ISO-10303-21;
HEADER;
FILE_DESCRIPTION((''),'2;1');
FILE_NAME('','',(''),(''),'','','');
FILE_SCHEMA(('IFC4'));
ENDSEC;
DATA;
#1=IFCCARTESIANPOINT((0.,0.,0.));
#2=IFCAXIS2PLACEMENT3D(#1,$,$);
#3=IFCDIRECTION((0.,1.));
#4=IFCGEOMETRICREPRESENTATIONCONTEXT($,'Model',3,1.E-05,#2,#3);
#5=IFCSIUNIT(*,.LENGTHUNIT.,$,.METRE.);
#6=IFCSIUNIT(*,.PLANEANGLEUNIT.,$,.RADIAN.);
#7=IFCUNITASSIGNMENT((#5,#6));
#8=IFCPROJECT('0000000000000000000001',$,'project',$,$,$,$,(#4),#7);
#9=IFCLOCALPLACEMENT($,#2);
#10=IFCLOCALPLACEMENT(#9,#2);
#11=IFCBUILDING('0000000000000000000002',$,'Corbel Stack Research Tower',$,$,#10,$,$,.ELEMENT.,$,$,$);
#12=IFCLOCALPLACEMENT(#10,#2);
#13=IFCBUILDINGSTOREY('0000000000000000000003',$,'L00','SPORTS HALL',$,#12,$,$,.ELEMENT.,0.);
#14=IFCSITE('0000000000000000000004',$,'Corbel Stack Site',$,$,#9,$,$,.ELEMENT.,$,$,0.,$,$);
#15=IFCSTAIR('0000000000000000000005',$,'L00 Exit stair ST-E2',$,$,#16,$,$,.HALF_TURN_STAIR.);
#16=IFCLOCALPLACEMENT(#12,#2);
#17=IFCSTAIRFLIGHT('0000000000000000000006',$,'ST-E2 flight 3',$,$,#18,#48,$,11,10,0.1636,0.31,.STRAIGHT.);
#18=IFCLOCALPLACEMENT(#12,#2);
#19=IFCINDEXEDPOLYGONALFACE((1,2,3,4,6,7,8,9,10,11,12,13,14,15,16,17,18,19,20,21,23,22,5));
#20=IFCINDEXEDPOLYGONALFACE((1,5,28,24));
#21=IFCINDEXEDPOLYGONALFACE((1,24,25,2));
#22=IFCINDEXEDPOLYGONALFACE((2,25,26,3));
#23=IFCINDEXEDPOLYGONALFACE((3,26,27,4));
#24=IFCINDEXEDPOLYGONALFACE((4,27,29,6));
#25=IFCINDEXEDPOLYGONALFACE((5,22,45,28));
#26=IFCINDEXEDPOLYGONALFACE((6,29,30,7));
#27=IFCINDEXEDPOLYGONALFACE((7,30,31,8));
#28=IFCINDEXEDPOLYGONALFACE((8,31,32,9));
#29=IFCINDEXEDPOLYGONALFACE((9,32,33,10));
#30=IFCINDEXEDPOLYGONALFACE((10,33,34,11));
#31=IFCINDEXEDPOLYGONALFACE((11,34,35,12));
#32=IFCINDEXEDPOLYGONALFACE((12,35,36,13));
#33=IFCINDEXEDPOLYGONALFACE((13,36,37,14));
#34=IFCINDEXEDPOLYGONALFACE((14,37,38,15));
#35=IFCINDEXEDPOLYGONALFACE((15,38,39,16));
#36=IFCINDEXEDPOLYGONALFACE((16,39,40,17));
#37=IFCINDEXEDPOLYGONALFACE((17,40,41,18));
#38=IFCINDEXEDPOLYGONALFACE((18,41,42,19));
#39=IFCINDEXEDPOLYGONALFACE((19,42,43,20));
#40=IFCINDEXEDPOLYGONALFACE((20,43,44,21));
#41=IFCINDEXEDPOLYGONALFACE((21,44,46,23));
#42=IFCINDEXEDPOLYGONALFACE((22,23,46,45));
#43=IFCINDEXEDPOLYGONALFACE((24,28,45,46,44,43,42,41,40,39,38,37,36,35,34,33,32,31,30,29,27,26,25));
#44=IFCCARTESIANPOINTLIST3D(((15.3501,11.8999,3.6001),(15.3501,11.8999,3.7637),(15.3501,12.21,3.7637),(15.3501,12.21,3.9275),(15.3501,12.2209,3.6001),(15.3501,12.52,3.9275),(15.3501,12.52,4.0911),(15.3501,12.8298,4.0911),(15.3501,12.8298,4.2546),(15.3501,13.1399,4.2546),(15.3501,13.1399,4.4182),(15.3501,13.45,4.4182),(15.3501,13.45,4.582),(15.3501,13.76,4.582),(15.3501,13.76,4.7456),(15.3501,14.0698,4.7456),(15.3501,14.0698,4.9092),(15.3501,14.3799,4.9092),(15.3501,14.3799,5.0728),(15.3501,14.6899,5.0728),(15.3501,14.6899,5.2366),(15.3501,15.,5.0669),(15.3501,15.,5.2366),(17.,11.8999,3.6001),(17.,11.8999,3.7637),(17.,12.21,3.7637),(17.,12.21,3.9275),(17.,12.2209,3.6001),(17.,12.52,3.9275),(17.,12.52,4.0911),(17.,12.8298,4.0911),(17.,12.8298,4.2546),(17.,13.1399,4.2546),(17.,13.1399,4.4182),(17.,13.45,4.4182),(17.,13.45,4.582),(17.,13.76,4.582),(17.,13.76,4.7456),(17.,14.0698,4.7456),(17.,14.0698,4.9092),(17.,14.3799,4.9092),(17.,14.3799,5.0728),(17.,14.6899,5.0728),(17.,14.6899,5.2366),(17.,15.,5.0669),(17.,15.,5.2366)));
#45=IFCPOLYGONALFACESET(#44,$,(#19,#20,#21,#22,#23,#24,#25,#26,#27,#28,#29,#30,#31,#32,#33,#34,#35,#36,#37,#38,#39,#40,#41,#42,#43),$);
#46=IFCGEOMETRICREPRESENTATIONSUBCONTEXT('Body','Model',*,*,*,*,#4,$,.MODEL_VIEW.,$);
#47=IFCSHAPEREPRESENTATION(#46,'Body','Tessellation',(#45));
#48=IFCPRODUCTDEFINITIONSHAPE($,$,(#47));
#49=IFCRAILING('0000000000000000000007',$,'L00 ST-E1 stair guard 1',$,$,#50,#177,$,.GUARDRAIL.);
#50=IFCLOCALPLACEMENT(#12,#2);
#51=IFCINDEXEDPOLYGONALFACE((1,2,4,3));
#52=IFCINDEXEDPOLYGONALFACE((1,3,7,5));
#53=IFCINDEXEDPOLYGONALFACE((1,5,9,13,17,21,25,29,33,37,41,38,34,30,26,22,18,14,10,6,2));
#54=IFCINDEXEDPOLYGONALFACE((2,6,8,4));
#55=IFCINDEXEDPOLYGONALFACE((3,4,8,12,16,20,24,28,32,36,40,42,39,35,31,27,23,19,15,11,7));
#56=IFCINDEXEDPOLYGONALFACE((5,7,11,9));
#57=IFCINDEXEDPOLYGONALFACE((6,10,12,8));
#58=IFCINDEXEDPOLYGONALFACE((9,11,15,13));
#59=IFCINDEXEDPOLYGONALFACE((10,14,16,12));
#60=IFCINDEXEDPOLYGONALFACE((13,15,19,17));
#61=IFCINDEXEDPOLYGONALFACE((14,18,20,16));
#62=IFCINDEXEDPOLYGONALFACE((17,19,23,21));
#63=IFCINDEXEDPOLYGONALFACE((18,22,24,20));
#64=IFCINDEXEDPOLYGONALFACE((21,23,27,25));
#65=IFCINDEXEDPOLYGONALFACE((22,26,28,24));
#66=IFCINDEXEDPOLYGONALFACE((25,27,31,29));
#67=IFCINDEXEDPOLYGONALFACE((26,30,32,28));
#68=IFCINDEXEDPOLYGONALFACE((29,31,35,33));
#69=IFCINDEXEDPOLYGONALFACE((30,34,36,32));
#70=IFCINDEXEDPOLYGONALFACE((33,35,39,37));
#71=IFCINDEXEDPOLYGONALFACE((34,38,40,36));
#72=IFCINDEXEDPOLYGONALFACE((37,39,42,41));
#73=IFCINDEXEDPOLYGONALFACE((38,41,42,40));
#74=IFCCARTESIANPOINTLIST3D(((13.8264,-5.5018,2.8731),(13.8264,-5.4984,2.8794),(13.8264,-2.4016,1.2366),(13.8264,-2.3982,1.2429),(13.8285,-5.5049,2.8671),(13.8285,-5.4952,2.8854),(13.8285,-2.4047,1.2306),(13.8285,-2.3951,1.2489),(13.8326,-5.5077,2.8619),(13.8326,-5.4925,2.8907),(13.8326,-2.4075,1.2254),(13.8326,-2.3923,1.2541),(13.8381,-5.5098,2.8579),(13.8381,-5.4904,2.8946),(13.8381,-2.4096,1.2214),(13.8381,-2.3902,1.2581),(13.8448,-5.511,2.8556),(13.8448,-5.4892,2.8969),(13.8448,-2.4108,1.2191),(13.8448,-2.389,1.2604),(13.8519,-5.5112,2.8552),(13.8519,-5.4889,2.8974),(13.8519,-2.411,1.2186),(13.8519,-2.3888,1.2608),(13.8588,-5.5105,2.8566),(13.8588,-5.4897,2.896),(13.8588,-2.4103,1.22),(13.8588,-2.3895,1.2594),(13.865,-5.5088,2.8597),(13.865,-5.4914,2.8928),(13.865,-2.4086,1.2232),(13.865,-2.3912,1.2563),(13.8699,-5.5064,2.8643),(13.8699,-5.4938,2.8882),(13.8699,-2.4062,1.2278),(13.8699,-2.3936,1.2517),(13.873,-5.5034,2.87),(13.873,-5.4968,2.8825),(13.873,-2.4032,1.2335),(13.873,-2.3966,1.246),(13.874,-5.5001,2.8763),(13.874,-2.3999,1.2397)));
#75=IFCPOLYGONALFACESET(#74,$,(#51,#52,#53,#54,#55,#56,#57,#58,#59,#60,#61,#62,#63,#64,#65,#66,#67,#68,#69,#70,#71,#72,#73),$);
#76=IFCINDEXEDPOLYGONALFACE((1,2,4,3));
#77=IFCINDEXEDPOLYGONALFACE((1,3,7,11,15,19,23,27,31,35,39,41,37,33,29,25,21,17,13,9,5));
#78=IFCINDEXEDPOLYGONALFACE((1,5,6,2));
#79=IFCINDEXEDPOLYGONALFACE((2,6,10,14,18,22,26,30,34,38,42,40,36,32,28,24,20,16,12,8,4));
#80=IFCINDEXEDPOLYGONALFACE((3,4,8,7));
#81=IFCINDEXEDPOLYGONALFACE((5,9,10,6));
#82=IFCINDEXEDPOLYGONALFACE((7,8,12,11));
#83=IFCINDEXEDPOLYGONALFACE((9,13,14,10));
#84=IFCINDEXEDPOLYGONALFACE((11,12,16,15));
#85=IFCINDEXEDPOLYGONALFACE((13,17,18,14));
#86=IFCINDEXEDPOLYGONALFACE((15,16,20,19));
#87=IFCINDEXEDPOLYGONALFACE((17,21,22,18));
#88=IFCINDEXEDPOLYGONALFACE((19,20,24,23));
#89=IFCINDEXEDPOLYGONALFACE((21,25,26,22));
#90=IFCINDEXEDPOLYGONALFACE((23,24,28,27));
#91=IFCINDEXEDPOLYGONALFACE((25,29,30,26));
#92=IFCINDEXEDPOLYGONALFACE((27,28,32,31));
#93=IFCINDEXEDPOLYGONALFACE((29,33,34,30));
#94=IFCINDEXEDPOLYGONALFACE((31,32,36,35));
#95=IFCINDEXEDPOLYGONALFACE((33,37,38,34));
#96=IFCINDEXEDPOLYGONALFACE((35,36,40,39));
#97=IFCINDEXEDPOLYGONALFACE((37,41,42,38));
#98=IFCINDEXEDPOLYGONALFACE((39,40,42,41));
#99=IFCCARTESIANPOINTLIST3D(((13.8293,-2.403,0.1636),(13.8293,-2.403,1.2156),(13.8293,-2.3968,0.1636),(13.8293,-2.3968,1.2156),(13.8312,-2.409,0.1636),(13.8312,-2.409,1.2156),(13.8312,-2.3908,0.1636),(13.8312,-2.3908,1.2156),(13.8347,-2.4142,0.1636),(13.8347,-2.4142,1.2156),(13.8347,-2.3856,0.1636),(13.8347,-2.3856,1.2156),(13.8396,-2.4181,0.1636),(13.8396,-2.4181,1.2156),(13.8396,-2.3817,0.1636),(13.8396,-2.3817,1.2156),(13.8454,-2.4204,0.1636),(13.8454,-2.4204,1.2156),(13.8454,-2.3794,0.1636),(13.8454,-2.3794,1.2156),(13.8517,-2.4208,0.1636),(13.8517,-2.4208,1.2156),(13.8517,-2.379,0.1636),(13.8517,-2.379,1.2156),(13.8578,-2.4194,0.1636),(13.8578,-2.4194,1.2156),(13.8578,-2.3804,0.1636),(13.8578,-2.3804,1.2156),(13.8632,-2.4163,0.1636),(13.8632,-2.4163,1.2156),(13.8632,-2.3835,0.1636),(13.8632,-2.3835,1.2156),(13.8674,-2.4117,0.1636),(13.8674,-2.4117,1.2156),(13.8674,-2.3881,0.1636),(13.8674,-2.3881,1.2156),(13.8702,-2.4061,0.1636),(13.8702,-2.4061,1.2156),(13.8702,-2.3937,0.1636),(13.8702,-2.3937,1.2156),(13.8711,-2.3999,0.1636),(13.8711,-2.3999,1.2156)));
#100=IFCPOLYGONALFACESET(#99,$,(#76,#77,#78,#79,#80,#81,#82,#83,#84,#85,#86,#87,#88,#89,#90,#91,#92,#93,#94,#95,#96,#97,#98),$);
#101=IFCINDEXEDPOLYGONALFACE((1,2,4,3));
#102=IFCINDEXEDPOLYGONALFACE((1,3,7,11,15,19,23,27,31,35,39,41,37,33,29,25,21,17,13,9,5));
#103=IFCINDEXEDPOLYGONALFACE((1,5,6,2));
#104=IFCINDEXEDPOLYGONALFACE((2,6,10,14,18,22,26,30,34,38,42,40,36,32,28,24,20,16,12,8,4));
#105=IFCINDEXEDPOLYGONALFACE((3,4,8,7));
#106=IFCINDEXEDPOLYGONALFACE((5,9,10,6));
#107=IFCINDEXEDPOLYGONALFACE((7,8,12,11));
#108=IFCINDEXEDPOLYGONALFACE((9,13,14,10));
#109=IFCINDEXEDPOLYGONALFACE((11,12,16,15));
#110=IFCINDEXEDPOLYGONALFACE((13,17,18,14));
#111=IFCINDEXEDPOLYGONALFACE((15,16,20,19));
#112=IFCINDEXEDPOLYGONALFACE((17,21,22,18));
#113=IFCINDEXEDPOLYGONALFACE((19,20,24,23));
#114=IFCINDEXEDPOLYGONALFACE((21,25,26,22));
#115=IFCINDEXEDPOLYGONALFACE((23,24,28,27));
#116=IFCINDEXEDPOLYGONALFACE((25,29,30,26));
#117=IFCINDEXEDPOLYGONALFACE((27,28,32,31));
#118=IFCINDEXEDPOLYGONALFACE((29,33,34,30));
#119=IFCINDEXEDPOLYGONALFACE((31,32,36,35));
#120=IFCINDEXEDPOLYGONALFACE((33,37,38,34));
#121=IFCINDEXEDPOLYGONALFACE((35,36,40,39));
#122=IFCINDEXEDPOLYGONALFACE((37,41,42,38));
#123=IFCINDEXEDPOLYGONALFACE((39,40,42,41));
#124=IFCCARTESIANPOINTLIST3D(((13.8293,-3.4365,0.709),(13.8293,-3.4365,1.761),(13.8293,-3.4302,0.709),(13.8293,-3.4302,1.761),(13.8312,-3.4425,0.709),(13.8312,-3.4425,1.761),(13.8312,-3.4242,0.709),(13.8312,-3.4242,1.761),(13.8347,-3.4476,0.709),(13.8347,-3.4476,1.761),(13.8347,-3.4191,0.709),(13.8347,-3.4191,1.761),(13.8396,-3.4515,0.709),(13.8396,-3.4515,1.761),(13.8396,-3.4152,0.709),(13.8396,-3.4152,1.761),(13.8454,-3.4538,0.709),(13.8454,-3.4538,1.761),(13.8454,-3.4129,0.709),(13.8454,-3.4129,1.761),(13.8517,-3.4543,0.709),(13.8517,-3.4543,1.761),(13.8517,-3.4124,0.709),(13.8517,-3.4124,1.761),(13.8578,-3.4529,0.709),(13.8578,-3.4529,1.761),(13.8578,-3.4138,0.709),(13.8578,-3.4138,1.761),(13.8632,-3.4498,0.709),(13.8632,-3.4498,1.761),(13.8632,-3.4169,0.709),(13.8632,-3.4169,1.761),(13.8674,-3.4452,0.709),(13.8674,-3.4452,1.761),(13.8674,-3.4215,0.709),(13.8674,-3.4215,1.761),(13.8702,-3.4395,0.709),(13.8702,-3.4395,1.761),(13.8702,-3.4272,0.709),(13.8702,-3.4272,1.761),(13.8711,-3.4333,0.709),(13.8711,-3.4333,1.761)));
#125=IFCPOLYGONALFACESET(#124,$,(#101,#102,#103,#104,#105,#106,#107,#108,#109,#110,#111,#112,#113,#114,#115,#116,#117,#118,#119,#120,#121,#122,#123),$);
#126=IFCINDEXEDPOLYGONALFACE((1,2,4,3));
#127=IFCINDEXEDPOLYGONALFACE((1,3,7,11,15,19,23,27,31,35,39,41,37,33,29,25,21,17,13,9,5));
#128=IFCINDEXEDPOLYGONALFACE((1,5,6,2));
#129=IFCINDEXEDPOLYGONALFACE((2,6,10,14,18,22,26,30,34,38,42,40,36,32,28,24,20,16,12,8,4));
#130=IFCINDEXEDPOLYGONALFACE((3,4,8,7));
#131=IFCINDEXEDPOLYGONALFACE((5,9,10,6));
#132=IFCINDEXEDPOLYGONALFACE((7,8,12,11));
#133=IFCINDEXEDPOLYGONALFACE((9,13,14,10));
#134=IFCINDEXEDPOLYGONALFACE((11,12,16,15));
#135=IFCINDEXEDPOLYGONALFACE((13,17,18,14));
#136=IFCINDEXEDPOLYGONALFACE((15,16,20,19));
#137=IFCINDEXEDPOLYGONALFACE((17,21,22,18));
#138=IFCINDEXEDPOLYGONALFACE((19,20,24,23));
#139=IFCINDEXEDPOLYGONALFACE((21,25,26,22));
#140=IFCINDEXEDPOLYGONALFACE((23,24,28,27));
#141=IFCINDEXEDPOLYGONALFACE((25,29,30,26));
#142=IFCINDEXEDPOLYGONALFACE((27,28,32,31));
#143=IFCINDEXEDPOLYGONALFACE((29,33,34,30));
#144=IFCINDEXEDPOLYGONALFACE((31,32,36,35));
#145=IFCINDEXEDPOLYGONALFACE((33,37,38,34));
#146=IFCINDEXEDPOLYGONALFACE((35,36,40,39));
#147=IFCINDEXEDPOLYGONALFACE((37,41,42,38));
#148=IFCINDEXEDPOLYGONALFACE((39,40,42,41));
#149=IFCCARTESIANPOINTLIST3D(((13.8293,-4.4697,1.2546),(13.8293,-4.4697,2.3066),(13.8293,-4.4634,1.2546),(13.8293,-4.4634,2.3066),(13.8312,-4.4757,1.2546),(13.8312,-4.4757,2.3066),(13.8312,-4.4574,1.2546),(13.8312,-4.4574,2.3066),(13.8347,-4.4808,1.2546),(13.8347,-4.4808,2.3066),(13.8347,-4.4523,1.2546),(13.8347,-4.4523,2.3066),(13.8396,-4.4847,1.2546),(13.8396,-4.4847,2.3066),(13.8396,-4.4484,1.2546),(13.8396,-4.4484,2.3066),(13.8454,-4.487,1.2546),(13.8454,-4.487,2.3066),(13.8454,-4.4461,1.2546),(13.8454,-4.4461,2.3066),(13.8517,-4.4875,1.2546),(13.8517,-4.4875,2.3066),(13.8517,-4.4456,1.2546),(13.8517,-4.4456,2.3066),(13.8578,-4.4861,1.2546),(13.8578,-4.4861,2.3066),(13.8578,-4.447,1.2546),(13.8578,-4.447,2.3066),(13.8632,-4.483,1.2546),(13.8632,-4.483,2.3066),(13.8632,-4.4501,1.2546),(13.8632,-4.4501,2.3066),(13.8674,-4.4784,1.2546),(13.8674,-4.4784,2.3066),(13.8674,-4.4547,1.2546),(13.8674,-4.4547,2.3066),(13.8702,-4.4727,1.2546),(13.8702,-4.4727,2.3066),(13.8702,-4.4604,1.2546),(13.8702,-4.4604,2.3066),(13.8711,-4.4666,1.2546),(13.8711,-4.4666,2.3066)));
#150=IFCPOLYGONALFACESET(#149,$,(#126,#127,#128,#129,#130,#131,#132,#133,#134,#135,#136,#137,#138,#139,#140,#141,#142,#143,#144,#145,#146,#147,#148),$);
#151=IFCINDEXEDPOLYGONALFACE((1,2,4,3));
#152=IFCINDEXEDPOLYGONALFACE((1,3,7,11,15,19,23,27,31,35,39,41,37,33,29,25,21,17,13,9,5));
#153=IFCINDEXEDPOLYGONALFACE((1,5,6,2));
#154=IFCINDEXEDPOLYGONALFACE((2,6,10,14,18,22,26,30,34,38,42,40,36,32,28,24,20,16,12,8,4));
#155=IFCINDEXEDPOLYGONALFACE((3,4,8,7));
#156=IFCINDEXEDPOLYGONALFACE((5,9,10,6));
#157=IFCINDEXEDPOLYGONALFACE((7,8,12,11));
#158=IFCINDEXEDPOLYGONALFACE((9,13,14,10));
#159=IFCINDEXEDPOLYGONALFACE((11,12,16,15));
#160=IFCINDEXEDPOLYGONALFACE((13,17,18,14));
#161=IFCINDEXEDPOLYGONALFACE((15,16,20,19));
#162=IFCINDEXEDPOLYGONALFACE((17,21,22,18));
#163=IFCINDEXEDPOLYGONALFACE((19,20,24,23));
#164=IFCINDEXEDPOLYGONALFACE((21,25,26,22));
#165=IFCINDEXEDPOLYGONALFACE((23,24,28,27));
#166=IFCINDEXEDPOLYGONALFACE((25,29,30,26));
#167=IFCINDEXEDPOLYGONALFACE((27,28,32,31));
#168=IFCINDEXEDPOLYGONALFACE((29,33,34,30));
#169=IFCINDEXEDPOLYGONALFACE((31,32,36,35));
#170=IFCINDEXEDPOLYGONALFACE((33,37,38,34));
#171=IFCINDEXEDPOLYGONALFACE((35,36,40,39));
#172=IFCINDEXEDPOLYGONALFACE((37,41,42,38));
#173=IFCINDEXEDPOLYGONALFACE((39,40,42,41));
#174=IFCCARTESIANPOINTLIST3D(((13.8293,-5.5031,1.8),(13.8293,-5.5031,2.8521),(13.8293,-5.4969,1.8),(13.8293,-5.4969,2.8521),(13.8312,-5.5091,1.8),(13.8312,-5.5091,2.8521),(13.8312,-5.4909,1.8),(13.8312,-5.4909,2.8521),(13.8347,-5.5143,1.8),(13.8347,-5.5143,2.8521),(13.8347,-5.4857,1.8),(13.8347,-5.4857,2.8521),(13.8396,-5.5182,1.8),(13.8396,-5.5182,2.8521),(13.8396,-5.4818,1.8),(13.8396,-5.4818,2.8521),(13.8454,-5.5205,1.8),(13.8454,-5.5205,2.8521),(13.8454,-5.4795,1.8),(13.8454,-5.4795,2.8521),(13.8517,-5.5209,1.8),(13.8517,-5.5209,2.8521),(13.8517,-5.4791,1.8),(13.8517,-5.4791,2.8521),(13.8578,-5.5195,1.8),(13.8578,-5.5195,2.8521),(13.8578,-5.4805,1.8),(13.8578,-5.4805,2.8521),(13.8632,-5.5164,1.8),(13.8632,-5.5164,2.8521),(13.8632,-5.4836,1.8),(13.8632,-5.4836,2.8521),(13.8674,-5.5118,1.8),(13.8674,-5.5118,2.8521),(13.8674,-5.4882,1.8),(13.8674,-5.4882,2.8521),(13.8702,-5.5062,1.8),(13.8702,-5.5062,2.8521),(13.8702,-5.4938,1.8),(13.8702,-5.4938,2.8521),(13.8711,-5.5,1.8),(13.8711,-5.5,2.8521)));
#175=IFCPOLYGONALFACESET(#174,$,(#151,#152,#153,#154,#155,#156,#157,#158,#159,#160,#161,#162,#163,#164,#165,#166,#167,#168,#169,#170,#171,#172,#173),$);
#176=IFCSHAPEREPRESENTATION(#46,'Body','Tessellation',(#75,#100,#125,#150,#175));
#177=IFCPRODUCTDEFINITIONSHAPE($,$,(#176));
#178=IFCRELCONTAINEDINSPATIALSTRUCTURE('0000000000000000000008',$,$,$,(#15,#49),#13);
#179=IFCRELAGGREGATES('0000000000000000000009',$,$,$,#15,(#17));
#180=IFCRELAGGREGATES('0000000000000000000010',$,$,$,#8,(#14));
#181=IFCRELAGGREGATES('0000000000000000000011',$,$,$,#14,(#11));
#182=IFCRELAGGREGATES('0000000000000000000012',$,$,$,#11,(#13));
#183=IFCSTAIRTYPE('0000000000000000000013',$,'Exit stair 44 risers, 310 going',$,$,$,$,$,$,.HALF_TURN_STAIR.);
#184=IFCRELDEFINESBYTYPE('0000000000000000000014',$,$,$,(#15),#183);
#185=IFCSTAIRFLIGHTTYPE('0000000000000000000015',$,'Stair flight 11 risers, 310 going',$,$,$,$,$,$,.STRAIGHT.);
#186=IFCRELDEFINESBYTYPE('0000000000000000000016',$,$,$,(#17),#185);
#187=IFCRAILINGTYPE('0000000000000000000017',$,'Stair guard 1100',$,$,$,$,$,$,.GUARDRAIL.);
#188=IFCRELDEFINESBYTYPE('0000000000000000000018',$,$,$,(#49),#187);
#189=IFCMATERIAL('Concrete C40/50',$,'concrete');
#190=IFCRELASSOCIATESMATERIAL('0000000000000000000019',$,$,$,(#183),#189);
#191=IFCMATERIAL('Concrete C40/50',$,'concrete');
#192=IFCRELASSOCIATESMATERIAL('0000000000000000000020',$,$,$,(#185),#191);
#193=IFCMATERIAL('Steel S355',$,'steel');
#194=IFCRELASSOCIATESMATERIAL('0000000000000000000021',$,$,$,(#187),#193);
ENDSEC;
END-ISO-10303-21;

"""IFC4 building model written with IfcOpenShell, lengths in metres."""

from ifc_helpers import new_model, si_unit, direction, frame, origin, origin_2d, place, context, subcontext, project, spatial, polyline, circle, outline, extrude, material, type_object, element, aggregate, save


model = new_model("IFC4")

# Units and contexts
model_context = context("Model", 3, precision=1e-05, world=origin(), true_north=direction((0.0, 1.0)))
body_context = subcontext(model_context, "Body", "Model", "MODEL_VIEW")
ifc_project = project(units=[si_unit("LENGTHUNIT", "METRE"), si_unit("PLANEANGLEUNIT", "RADIAN")], contexts=[model_context])

# Site, building, storey
site_placement = place(None, origin())
site = spatial("IfcSite", under=ifc_project, at=site_placement, Name="Corbel Stack Site", CompositionType="ELEMENT", RefElevation=0.0)
building_placement = place(site_placement, origin())
building = spatial("IfcBuilding", under=site, at=building_placement, Name="Corbel Stack Research Tower", CompositionType="ELEMENT")
storey_placement = place(building_placement, origin())
storey = spatial("IfcBuildingStorey", under=building, at=storey_placement, Name="L00", Description="SPORTS HALL", CompositionType="ELEMENT", Elevation=0.0)

# Stair, stair flight
ifc_material_1 = material(Name="Concrete C40/50", Category="concrete")
stair_type = type_object("IfcStairType", Name="Exit stair 44 risers, 310 going", PredefinedType="HALF_TURN_STAIR", material=ifc_material_1)
ifc_material_2 = material(Name="Concrete C40/50", Category="concrete")
stair_flight_type = type_object("IfcStairFlightType", Name="Stair flight 11 risers, 310 going", PredefinedType="STRAIGHT", material=ifc_material_2)
stair_1_placement = place(storey_placement, origin())
stair_1 = element("IfcStair", 1, at=stair_1_placement, inside=storey, type_object=stair_type, Name="L00 Exit stair ST-E2", PredefinedType="HALF_TURN_STAIR")
stair_flight_1_placement = place(storey_placement, frame((16.175, 11.8999, 3.6001), z_axis=(0.0, 0.0, 1.0), x_axis=(0.0, 1.0, 0.0)))
stair_flight_1 = element("IfcStairFlight", 2, at=stair_flight_1_placement, type_object=stair_flight_type, Name="ST-E2 flight 3", NumberOfRisers=11, NumberOfTreads=10, PredefinedType="STRAIGHT", RiserHeight=0.1636, TreadLength=0.31, context=body_context, shape_type="SweptSolid", body=[
    extrude(outline(polyline([(0.0, 0.0), (0.0, 0.1636), (0.3101, 0.1636), (0.3101, 0.3274), (0.6201, 0.3274), (0.6201, 0.491), (0.9299, 0.491), (0.9299, 0.6545), (1.24, 0.6545), (1.24, 0.8181), (1.55, 0.8181), (1.55, 0.9819), (1.8601, 0.9819), (1.8601, 1.1455), (2.1699, 1.1455), (2.1699, 1.3091), (2.48, 1.3091), (2.48, 1.4727), (2.79, 1.4727), (2.79, 1.6365), (3.1001, 1.6365), (3.1001, 1.8), (3.1001, 1.4668), (0.321, 0.0), (0.0, 0.0)])), frame((0.0, 0.825, 0.0), z_axis=(0.0, -1.0, 0.0), x_axis=(1.0, 0.0, 0.0)), (0.0, 0.0, 1.0), 1.6499),
])
aggregate(stair_1, [stair_flight_1])

# Railing
ifc_material_3 = material(Name="Steel S355", Category="steel")
railing_type_1 = type_object("IfcRailingType", Name="Stair guard 1100", PredefinedType="GUARDRAIL", material=ifc_material_3)
railing_1_placement = place(storey_placement, frame((13.8501, -2.3999, 0.1636)))
element("IfcRailing", 3, at=railing_1_placement, inside=storey, type_object=railing_type_1, Name="L00 ST-E1 stair guard 1", PredefinedType="GUARDRAIL", context=body_context, shape_type="SweptSolid", body=[
    extrude(circle(Radius=0.0239, at=origin_2d()), frame((0.0, 0.0, 1.0762), z_axis=(0.0, -0.884348, 0.466828), x_axis=(1.0, 0.0, 0.0)), (0.0, 0.0, 1.0), 3.5056),
    extrude(circle(Radius=0.021, at=origin_2d()), origin(), (0.0, 0.0, 1.0), 1.052),
    extrude(circle(Radius=0.021, at=origin_2d()), frame((0.0, -1.0334, 0.5454)), (0.0, 0.0, 1.0), 1.052),
    extrude(circle(Radius=0.021, at=origin_2d()), frame((0.0, -2.0667, 1.0911)), (0.0, 0.0, 1.0), 1.052),
    extrude(circle(Radius=0.021, at=origin_2d()), frame((0.0, -3.1001, 1.6365)), (0.0, 0.0, 1.0), 1.052),
])

save(model, "model.ifc")
